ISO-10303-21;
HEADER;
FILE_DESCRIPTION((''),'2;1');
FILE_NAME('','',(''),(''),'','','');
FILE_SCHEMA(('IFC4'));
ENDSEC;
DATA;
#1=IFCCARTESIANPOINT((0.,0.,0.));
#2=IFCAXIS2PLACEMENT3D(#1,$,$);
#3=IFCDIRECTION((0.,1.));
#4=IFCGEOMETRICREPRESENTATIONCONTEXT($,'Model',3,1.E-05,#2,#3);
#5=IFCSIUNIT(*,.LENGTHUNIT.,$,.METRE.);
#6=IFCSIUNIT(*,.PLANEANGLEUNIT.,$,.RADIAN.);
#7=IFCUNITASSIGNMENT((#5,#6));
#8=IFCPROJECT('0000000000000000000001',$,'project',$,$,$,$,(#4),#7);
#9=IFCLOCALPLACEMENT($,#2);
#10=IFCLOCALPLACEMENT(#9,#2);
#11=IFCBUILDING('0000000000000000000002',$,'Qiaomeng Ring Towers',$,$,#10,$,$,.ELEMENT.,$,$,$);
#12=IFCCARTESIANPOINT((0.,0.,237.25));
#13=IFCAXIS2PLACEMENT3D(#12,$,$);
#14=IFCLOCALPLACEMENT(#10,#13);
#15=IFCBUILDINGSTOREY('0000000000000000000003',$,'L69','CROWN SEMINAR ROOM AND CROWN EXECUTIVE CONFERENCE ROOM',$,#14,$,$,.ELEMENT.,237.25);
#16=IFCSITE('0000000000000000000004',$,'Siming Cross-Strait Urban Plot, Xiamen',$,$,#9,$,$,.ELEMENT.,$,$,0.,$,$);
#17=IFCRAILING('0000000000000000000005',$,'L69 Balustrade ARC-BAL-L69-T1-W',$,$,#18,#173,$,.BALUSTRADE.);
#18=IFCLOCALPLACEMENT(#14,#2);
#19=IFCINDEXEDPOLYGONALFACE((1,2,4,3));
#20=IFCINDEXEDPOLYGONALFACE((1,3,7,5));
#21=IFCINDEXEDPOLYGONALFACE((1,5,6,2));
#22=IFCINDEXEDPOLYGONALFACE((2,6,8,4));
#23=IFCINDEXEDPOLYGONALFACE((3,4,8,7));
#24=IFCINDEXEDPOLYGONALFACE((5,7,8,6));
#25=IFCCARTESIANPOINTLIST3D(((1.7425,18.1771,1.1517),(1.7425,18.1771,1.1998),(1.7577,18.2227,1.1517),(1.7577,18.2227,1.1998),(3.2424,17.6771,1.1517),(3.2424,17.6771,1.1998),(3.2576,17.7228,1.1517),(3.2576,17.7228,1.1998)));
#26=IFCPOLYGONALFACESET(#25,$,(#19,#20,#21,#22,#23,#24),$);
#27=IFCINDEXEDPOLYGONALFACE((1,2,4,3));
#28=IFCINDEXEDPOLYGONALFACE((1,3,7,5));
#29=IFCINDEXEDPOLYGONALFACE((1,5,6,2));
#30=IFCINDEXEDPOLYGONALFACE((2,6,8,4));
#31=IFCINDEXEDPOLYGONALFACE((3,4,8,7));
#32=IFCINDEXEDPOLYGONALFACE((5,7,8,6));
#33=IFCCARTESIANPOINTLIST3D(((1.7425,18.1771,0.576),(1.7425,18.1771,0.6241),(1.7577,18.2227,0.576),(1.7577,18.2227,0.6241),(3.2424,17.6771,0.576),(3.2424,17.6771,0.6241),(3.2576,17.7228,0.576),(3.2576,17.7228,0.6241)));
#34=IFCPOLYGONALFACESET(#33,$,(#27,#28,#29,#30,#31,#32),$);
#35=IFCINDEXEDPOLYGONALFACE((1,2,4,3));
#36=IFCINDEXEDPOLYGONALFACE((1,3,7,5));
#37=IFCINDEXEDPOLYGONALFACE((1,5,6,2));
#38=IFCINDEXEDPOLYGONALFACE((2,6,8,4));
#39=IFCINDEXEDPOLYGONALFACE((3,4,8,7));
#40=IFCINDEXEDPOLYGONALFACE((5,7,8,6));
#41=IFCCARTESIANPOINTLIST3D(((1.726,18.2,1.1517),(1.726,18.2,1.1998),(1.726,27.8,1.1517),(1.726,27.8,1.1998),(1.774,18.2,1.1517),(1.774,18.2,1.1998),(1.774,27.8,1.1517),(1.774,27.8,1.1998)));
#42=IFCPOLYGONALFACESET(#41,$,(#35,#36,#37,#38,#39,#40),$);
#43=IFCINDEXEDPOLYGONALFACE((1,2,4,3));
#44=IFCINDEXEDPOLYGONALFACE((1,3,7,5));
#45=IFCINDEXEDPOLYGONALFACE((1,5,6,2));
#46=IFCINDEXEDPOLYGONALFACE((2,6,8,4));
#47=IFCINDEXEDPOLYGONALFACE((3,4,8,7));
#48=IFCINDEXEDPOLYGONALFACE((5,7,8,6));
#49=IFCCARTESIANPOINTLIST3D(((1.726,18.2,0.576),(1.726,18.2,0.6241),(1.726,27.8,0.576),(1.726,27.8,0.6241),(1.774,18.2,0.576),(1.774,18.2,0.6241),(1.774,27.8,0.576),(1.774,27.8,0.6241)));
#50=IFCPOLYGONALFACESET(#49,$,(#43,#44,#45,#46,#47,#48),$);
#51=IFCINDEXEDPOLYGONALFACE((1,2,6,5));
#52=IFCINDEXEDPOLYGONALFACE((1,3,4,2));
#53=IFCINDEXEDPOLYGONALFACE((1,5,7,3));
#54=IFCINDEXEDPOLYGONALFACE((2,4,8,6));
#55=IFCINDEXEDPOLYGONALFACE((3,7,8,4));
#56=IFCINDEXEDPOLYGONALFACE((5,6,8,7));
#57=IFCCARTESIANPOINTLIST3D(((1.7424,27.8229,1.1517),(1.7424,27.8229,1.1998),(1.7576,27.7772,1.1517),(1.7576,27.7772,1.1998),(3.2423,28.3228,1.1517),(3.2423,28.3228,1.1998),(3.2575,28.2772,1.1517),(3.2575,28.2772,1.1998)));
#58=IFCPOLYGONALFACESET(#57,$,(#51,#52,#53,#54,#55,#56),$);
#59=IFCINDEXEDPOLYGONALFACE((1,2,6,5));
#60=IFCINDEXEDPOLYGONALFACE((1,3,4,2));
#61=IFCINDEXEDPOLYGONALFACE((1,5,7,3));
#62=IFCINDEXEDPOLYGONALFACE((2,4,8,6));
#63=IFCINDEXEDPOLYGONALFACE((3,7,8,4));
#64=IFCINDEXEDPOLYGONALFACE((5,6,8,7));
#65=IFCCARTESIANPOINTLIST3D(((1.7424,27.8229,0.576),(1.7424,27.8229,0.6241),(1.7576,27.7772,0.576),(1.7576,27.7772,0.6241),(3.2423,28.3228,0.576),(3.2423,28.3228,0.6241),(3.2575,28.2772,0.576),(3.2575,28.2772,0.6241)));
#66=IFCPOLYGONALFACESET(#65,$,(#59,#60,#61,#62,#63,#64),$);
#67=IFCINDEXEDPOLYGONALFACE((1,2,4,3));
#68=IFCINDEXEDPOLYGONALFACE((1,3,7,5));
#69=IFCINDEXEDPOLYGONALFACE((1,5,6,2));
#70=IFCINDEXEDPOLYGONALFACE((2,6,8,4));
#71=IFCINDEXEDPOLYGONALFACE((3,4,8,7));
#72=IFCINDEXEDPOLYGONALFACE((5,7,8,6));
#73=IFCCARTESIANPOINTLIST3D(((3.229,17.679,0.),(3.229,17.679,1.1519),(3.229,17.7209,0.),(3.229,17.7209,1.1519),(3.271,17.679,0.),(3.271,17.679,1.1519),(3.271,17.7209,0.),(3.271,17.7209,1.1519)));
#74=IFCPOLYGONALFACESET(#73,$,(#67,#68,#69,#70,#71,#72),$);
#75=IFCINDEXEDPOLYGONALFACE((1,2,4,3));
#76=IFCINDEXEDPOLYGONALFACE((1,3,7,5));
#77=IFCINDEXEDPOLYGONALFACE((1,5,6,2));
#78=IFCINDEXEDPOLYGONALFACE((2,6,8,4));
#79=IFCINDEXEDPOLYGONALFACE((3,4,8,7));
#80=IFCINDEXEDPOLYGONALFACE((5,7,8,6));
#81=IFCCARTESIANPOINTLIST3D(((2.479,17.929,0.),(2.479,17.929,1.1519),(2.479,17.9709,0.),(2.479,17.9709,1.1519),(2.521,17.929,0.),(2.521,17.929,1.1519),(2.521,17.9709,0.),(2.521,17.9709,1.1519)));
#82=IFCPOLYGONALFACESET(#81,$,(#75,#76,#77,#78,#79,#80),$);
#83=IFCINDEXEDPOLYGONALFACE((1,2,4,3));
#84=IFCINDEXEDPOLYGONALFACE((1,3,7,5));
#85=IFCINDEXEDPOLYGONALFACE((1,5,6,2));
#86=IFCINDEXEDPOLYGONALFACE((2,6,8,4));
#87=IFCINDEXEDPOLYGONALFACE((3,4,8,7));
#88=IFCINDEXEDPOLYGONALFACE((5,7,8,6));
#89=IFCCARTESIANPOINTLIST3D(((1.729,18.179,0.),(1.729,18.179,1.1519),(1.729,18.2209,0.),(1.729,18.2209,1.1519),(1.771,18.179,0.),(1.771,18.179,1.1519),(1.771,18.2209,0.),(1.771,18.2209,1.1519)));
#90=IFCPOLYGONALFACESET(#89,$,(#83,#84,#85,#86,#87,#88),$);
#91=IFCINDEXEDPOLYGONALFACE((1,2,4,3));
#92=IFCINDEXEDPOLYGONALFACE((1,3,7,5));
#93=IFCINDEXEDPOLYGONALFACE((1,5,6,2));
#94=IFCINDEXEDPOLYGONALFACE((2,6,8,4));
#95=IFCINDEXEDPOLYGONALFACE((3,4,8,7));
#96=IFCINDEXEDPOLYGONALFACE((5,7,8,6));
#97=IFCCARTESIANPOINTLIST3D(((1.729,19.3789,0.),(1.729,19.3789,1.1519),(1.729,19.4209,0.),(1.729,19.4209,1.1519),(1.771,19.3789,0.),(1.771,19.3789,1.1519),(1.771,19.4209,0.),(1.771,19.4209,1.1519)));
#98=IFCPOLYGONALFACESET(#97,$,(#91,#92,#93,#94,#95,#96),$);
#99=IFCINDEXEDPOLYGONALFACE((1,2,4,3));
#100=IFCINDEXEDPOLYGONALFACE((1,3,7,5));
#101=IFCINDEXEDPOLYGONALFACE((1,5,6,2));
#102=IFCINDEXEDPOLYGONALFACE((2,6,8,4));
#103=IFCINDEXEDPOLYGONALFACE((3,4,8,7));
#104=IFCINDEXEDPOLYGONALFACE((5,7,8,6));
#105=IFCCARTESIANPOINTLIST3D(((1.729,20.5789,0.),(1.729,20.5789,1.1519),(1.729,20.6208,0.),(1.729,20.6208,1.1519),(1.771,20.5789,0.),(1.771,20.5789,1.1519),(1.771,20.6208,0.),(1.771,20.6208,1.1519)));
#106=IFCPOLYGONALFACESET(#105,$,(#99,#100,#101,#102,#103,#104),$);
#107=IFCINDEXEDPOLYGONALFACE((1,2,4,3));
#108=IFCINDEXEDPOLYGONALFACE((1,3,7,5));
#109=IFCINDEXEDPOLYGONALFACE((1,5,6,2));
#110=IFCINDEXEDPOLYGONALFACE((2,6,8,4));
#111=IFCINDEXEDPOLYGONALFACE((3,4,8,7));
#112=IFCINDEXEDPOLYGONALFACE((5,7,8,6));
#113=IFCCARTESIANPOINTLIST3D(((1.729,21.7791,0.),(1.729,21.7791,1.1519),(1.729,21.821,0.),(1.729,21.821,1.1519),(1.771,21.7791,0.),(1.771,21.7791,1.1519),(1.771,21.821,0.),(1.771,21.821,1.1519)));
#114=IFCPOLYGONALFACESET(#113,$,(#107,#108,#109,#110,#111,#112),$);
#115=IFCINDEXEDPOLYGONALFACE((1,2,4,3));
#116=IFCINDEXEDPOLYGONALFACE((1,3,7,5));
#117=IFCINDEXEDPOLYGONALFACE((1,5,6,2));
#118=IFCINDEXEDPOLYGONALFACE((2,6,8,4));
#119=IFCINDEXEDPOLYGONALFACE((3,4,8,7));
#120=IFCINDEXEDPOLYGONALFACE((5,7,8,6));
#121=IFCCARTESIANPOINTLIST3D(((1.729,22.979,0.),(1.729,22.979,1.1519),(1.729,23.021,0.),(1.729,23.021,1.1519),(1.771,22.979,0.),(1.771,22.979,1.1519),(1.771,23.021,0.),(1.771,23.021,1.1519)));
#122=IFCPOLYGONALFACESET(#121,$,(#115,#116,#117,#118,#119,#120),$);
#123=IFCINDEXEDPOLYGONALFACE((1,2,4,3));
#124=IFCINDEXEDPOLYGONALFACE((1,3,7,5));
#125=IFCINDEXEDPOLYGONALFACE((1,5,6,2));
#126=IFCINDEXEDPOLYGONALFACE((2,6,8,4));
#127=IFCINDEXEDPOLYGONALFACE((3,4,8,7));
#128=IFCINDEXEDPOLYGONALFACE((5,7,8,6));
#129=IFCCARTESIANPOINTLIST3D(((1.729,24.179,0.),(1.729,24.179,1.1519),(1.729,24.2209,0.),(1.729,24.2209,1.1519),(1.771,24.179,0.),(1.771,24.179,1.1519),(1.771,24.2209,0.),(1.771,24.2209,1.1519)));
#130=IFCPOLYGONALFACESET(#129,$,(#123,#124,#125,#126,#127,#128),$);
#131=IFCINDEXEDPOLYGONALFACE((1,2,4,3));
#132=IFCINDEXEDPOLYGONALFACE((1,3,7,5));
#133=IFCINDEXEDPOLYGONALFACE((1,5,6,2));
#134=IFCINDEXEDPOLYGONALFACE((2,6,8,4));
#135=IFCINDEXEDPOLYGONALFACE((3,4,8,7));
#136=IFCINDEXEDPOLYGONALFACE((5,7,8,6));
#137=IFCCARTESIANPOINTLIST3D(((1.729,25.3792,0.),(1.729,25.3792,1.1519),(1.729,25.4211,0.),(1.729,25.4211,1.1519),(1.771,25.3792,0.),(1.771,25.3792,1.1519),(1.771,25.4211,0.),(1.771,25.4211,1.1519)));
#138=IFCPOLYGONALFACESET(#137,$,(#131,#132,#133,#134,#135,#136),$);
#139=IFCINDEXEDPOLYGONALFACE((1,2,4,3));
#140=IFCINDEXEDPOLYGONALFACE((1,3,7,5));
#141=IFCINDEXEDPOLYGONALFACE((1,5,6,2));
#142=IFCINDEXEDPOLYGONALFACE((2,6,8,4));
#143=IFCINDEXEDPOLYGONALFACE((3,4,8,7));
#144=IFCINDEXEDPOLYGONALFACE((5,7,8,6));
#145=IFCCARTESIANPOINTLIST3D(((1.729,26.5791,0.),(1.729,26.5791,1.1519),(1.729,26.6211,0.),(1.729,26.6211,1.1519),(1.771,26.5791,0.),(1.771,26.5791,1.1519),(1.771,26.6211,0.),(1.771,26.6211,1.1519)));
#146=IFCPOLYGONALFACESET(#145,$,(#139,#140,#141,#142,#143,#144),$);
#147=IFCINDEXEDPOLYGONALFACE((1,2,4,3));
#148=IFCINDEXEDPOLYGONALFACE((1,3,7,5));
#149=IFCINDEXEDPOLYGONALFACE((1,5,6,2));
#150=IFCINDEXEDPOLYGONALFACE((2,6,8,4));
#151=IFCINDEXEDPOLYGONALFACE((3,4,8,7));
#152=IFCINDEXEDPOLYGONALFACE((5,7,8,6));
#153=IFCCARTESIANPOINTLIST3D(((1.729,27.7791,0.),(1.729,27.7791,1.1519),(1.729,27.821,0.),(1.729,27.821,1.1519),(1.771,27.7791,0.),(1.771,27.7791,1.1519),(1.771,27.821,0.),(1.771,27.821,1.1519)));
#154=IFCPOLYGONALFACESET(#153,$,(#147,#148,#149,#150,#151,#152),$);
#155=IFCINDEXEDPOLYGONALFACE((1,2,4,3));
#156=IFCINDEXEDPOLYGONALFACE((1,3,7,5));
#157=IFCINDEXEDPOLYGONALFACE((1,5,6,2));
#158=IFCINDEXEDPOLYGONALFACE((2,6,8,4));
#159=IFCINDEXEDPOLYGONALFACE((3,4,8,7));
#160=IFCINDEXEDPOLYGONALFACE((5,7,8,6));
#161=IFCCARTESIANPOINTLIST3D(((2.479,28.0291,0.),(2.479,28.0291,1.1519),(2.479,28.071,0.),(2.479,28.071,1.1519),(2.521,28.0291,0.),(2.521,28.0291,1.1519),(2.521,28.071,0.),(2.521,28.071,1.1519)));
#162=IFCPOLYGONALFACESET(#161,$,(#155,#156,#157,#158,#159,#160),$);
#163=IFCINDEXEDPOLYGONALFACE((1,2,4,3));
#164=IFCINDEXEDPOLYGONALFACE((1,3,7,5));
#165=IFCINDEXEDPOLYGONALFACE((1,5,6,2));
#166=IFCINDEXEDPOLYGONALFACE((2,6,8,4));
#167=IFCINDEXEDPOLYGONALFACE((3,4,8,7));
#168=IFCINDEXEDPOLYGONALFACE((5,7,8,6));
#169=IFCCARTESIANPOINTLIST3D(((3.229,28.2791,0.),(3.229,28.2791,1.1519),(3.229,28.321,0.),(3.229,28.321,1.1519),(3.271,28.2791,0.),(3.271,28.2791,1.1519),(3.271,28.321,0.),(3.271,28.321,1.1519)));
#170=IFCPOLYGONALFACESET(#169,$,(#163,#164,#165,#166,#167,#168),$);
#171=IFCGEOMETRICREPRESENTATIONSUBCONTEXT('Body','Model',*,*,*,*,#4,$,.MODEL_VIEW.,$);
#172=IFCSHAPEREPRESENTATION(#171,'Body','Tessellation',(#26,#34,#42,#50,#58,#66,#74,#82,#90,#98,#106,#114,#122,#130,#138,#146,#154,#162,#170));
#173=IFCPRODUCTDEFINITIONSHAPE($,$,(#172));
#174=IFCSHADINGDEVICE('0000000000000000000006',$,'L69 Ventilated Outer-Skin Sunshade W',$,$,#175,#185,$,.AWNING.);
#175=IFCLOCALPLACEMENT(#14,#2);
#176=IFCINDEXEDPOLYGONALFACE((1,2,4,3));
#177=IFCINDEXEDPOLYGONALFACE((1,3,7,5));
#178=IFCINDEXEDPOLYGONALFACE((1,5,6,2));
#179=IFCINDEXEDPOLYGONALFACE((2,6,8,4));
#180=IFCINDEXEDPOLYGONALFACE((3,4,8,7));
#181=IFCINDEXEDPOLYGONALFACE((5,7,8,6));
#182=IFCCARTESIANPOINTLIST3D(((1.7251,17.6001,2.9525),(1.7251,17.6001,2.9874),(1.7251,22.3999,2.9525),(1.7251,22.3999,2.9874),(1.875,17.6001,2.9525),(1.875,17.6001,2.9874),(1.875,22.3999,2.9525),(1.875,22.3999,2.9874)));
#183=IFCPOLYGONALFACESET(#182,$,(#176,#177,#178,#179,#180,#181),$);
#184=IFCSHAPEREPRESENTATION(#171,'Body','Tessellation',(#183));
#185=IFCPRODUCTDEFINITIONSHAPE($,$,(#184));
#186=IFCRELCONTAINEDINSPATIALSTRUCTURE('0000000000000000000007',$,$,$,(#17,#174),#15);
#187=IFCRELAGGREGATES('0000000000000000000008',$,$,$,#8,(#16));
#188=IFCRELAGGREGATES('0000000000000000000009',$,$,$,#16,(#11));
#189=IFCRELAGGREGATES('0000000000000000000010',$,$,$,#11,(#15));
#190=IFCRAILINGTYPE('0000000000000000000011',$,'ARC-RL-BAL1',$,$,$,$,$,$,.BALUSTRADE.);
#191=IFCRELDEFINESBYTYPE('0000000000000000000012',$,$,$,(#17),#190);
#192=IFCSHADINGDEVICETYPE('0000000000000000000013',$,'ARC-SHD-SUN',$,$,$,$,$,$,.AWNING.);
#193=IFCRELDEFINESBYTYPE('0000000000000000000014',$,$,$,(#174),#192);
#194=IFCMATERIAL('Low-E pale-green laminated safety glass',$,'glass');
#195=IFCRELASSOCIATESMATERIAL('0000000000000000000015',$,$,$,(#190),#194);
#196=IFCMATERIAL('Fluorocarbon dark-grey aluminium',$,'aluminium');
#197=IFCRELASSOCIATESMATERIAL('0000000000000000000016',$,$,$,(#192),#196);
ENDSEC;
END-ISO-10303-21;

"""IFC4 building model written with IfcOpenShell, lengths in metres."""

from ifc_helpers import new_model, si_unit, direction, frame, origin, origin_2d, place, context, subcontext, project, spatial, rectangle, extrude, source, transform, mapped, material, material_profile, profile_set, type_object, element, save


model = new_model("IFC4")

# Units and contexts
model_context = context("Model", 3, precision=1e-05, world=origin(), true_north=direction((0.0, 1.0)))
body_context = subcontext(model_context, "Body", "Model", "MODEL_VIEW")
ifc_project = project(units=[si_unit("LENGTHUNIT", "METRE"), si_unit("PLANEANGLEUNIT", "RADIAN")], contexts=[model_context])

# Site, building, storey
site_placement = place(None, origin())
site = spatial("IfcSite", under=ifc_project, at=site_placement, Name="Siming Cross-Strait Urban Plot, Xiamen", CompositionType="ELEMENT", RefElevation=0.0)
building_placement = place(site_placement, origin())
building = spatial("IfcBuilding", under=site, at=building_placement, Name="Qiaomeng Ring Towers", CompositionType="ELEMENT")
storey_placement = place(building_placement, frame((0.0, 0.0, 237.25)))
storey = spatial("IfcBuildingStorey", under=building, at=storey_placement, Name="L69", Description="CROWN SEMINAR ROOM AND CROWN EXECUTIVE CONFERENCE ROOM", CompositionType="ELEMENT", Elevation=237.25)

# Railing
ifc_material_1 = material(Name="Low-E pale-green laminated safety glass", Category="glass")
railing_type = type_object("IfcRailingType", Name="ARC-RL-BAL1", PredefinedType="BALUSTRADE", material=ifc_material_1)
railing_1_placement = place(storey_placement, frame((3.25, 17.7, 0.0)))
element("IfcRailing", 1, at=railing_1_placement, inside=storey, type_object=railing_type, Name="L69 Balustrade ARC-BAL-L69-T1-W", PredefinedType="BALUSTRADE", context=body_context, shape_type="SweptSolid", body=[
    extrude(rectangle(XDim=0.0481, YDim=0.0481, at=origin_2d()), frame((0.0, 0.0, 1.1758), z_axis=(-0.948683, 0.316228, 0.0), x_axis=(-0.316228, -0.948683, 0.0)), (0.0, 0.0, 1.0), 1.5811),
    extrude(rectangle(XDim=0.0481, YDim=0.0481, at=origin_2d()), frame((0.0, 0.0, 0.6001), z_axis=(-0.948683, 0.316228, 0.0), x_axis=(-0.316228, -0.948683, 0.0)), (0.0, 0.0, 1.0), 1.5811),
    extrude(rectangle(XDim=0.0481, YDim=0.0481, at=origin_2d()), frame((-1.5, 0.5, 1.1758), z_axis=(0.0, 1.0, 0.0), x_axis=(-1.0, 0.0, 0.0)), (0.0, 0.0, 1.0), 9.6001),
    extrude(rectangle(XDim=0.0481, YDim=0.0481, at=origin_2d()), frame((-1.5, 0.5, 0.6001), z_axis=(0.0, 1.0, 0.0), x_axis=(-1.0, 0.0, 0.0)), (0.0, 0.0, 1.0), 9.6001),
    extrude(rectangle(XDim=0.0481, YDim=0.0481, at=origin_2d()), frame((-1.5, 10.1001, 1.1758), z_axis=(0.948683, 0.316228, 0.0), x_axis=(-0.316228, 0.948683, 0.0)), (0.0, 0.0, 1.0), 1.5811),
    extrude(rectangle(XDim=0.0481, YDim=0.0481, at=origin_2d()), frame((-1.5, 10.1001, 0.6001), z_axis=(0.948683, 0.316228, 0.0), x_axis=(-0.316228, 0.948683, 0.0)), (0.0, 0.0, 1.0), 1.5811),
    extrude(rectangle(XDim=0.042, YDim=0.042, at=origin_2d()), origin(), (0.0, 0.0, 1.0), 1.1519),
    extrude(rectangle(XDim=0.042, YDim=0.042, at=origin_2d()), frame((-0.75, 0.25, 0.0)), (0.0, 0.0, 1.0), 1.1519),
    extrude(rectangle(XDim=0.042, YDim=0.042, at=origin_2d()), frame((-1.5, 0.5, 0.0)), (0.0, 0.0, 1.0), 1.1519),
    extrude(rectangle(XDim=0.042, YDim=0.042, at=origin_2d()), frame((-1.5, 1.7, 0.0)), (0.0, 0.0, 1.0), 1.1519),
    extrude(rectangle(XDim=0.042, YDim=0.042, at=origin_2d()), frame((-1.5, 2.8999, 0.0)), (0.0, 0.0, 1.0), 1.1519),
    extrude(rectangle(XDim=0.042, YDim=0.042, at=origin_2d()), frame((-1.5, 4.1001, 0.0)), (0.0, 0.0, 1.0), 1.1519),
    extrude(rectangle(XDim=0.042, YDim=0.042, at=origin_2d()), frame((-1.5, 5.3, 0.0)), (0.0, 0.0, 1.0), 1.1519),
    extrude(rectangle(XDim=0.042, YDim=0.042, at=origin_2d()), frame((-1.5, 6.5, 0.0)), (0.0, 0.0, 1.0), 1.1519),
    extrude(rectangle(XDim=0.042, YDim=0.042, at=origin_2d()), frame((-1.5, 7.7002, 0.0)), (0.0, 0.0, 1.0), 1.1519),
    extrude(rectangle(XDim=0.042, YDim=0.042, at=origin_2d()), frame((-1.5, 8.9001, 0.0)), (0.0, 0.0, 1.0), 1.1519),
    extrude(rectangle(XDim=0.042, YDim=0.042, at=origin_2d()), frame((-1.5, 10.1001, 0.0)), (0.0, 0.0, 1.0), 1.1519),
    extrude(rectangle(XDim=0.042, YDim=0.042, at=origin_2d()), frame((-0.75, 10.3501, 0.0)), (0.0, 0.0, 1.0), 1.1519),
    extrude(rectangle(XDim=0.042, YDim=0.042, at=origin_2d()), frame((0.0, 10.6001, 0.0)), (0.0, 0.0, 1.0), 1.1519),
])

# Shading device
ifc_material_2 = material(Name="Fluorocarbon dark-grey aluminium", Category="aluminium")
ifc_material_profile_1 = material_profile(ifc_material_2, rectangle(XDim=0.1499, YDim=0.0349, at=origin_2d()), Name="LV BLADE 150x35")
ifc_profile_set_1 = profile_set([ifc_material_profile_1], Name="Fluorocarbon dark-grey aluminium")
shading_device_type = type_object("IfcShadingDeviceType", Name="ARC-SHD-SUN", PredefinedType="AWNING", material=ifc_profile_set_1)
shared_shape_1 = source(origin(), body_context, "Body", "SweptSolid", [
    extrude(rectangle(XDim=0.1499, YDim=0.0349, at=origin_2d()), origin(), (0.0, 0.0, 1.0), 4.7998),
])
shading_device_placement = place(storey_placement, frame((1.8, 17.6001, 2.97), z_axis=(0.0, 1.0, 0.0), x_axis=(-1.0, 0.0, 0.0)))
element("IfcShadingDevice", 2, at=shading_device_placement, inside=storey, type_object=shading_device_type, Name="L69 Ventilated Outer-Skin Sunshade W", PredefinedType="AWNING", context=body_context, shape_type="MappedRepresentation", body=[
    mapped(shared_shape_1, transform((0.0, 0.0, 0.0), x_axis=(1.0, 0.0, 0.0), y_axis=(0.0, 1.0, 0.0), z_axis=(0.0, 0.0, 1.0), scale=1.0)),
])

save(model, "model.ifc")
